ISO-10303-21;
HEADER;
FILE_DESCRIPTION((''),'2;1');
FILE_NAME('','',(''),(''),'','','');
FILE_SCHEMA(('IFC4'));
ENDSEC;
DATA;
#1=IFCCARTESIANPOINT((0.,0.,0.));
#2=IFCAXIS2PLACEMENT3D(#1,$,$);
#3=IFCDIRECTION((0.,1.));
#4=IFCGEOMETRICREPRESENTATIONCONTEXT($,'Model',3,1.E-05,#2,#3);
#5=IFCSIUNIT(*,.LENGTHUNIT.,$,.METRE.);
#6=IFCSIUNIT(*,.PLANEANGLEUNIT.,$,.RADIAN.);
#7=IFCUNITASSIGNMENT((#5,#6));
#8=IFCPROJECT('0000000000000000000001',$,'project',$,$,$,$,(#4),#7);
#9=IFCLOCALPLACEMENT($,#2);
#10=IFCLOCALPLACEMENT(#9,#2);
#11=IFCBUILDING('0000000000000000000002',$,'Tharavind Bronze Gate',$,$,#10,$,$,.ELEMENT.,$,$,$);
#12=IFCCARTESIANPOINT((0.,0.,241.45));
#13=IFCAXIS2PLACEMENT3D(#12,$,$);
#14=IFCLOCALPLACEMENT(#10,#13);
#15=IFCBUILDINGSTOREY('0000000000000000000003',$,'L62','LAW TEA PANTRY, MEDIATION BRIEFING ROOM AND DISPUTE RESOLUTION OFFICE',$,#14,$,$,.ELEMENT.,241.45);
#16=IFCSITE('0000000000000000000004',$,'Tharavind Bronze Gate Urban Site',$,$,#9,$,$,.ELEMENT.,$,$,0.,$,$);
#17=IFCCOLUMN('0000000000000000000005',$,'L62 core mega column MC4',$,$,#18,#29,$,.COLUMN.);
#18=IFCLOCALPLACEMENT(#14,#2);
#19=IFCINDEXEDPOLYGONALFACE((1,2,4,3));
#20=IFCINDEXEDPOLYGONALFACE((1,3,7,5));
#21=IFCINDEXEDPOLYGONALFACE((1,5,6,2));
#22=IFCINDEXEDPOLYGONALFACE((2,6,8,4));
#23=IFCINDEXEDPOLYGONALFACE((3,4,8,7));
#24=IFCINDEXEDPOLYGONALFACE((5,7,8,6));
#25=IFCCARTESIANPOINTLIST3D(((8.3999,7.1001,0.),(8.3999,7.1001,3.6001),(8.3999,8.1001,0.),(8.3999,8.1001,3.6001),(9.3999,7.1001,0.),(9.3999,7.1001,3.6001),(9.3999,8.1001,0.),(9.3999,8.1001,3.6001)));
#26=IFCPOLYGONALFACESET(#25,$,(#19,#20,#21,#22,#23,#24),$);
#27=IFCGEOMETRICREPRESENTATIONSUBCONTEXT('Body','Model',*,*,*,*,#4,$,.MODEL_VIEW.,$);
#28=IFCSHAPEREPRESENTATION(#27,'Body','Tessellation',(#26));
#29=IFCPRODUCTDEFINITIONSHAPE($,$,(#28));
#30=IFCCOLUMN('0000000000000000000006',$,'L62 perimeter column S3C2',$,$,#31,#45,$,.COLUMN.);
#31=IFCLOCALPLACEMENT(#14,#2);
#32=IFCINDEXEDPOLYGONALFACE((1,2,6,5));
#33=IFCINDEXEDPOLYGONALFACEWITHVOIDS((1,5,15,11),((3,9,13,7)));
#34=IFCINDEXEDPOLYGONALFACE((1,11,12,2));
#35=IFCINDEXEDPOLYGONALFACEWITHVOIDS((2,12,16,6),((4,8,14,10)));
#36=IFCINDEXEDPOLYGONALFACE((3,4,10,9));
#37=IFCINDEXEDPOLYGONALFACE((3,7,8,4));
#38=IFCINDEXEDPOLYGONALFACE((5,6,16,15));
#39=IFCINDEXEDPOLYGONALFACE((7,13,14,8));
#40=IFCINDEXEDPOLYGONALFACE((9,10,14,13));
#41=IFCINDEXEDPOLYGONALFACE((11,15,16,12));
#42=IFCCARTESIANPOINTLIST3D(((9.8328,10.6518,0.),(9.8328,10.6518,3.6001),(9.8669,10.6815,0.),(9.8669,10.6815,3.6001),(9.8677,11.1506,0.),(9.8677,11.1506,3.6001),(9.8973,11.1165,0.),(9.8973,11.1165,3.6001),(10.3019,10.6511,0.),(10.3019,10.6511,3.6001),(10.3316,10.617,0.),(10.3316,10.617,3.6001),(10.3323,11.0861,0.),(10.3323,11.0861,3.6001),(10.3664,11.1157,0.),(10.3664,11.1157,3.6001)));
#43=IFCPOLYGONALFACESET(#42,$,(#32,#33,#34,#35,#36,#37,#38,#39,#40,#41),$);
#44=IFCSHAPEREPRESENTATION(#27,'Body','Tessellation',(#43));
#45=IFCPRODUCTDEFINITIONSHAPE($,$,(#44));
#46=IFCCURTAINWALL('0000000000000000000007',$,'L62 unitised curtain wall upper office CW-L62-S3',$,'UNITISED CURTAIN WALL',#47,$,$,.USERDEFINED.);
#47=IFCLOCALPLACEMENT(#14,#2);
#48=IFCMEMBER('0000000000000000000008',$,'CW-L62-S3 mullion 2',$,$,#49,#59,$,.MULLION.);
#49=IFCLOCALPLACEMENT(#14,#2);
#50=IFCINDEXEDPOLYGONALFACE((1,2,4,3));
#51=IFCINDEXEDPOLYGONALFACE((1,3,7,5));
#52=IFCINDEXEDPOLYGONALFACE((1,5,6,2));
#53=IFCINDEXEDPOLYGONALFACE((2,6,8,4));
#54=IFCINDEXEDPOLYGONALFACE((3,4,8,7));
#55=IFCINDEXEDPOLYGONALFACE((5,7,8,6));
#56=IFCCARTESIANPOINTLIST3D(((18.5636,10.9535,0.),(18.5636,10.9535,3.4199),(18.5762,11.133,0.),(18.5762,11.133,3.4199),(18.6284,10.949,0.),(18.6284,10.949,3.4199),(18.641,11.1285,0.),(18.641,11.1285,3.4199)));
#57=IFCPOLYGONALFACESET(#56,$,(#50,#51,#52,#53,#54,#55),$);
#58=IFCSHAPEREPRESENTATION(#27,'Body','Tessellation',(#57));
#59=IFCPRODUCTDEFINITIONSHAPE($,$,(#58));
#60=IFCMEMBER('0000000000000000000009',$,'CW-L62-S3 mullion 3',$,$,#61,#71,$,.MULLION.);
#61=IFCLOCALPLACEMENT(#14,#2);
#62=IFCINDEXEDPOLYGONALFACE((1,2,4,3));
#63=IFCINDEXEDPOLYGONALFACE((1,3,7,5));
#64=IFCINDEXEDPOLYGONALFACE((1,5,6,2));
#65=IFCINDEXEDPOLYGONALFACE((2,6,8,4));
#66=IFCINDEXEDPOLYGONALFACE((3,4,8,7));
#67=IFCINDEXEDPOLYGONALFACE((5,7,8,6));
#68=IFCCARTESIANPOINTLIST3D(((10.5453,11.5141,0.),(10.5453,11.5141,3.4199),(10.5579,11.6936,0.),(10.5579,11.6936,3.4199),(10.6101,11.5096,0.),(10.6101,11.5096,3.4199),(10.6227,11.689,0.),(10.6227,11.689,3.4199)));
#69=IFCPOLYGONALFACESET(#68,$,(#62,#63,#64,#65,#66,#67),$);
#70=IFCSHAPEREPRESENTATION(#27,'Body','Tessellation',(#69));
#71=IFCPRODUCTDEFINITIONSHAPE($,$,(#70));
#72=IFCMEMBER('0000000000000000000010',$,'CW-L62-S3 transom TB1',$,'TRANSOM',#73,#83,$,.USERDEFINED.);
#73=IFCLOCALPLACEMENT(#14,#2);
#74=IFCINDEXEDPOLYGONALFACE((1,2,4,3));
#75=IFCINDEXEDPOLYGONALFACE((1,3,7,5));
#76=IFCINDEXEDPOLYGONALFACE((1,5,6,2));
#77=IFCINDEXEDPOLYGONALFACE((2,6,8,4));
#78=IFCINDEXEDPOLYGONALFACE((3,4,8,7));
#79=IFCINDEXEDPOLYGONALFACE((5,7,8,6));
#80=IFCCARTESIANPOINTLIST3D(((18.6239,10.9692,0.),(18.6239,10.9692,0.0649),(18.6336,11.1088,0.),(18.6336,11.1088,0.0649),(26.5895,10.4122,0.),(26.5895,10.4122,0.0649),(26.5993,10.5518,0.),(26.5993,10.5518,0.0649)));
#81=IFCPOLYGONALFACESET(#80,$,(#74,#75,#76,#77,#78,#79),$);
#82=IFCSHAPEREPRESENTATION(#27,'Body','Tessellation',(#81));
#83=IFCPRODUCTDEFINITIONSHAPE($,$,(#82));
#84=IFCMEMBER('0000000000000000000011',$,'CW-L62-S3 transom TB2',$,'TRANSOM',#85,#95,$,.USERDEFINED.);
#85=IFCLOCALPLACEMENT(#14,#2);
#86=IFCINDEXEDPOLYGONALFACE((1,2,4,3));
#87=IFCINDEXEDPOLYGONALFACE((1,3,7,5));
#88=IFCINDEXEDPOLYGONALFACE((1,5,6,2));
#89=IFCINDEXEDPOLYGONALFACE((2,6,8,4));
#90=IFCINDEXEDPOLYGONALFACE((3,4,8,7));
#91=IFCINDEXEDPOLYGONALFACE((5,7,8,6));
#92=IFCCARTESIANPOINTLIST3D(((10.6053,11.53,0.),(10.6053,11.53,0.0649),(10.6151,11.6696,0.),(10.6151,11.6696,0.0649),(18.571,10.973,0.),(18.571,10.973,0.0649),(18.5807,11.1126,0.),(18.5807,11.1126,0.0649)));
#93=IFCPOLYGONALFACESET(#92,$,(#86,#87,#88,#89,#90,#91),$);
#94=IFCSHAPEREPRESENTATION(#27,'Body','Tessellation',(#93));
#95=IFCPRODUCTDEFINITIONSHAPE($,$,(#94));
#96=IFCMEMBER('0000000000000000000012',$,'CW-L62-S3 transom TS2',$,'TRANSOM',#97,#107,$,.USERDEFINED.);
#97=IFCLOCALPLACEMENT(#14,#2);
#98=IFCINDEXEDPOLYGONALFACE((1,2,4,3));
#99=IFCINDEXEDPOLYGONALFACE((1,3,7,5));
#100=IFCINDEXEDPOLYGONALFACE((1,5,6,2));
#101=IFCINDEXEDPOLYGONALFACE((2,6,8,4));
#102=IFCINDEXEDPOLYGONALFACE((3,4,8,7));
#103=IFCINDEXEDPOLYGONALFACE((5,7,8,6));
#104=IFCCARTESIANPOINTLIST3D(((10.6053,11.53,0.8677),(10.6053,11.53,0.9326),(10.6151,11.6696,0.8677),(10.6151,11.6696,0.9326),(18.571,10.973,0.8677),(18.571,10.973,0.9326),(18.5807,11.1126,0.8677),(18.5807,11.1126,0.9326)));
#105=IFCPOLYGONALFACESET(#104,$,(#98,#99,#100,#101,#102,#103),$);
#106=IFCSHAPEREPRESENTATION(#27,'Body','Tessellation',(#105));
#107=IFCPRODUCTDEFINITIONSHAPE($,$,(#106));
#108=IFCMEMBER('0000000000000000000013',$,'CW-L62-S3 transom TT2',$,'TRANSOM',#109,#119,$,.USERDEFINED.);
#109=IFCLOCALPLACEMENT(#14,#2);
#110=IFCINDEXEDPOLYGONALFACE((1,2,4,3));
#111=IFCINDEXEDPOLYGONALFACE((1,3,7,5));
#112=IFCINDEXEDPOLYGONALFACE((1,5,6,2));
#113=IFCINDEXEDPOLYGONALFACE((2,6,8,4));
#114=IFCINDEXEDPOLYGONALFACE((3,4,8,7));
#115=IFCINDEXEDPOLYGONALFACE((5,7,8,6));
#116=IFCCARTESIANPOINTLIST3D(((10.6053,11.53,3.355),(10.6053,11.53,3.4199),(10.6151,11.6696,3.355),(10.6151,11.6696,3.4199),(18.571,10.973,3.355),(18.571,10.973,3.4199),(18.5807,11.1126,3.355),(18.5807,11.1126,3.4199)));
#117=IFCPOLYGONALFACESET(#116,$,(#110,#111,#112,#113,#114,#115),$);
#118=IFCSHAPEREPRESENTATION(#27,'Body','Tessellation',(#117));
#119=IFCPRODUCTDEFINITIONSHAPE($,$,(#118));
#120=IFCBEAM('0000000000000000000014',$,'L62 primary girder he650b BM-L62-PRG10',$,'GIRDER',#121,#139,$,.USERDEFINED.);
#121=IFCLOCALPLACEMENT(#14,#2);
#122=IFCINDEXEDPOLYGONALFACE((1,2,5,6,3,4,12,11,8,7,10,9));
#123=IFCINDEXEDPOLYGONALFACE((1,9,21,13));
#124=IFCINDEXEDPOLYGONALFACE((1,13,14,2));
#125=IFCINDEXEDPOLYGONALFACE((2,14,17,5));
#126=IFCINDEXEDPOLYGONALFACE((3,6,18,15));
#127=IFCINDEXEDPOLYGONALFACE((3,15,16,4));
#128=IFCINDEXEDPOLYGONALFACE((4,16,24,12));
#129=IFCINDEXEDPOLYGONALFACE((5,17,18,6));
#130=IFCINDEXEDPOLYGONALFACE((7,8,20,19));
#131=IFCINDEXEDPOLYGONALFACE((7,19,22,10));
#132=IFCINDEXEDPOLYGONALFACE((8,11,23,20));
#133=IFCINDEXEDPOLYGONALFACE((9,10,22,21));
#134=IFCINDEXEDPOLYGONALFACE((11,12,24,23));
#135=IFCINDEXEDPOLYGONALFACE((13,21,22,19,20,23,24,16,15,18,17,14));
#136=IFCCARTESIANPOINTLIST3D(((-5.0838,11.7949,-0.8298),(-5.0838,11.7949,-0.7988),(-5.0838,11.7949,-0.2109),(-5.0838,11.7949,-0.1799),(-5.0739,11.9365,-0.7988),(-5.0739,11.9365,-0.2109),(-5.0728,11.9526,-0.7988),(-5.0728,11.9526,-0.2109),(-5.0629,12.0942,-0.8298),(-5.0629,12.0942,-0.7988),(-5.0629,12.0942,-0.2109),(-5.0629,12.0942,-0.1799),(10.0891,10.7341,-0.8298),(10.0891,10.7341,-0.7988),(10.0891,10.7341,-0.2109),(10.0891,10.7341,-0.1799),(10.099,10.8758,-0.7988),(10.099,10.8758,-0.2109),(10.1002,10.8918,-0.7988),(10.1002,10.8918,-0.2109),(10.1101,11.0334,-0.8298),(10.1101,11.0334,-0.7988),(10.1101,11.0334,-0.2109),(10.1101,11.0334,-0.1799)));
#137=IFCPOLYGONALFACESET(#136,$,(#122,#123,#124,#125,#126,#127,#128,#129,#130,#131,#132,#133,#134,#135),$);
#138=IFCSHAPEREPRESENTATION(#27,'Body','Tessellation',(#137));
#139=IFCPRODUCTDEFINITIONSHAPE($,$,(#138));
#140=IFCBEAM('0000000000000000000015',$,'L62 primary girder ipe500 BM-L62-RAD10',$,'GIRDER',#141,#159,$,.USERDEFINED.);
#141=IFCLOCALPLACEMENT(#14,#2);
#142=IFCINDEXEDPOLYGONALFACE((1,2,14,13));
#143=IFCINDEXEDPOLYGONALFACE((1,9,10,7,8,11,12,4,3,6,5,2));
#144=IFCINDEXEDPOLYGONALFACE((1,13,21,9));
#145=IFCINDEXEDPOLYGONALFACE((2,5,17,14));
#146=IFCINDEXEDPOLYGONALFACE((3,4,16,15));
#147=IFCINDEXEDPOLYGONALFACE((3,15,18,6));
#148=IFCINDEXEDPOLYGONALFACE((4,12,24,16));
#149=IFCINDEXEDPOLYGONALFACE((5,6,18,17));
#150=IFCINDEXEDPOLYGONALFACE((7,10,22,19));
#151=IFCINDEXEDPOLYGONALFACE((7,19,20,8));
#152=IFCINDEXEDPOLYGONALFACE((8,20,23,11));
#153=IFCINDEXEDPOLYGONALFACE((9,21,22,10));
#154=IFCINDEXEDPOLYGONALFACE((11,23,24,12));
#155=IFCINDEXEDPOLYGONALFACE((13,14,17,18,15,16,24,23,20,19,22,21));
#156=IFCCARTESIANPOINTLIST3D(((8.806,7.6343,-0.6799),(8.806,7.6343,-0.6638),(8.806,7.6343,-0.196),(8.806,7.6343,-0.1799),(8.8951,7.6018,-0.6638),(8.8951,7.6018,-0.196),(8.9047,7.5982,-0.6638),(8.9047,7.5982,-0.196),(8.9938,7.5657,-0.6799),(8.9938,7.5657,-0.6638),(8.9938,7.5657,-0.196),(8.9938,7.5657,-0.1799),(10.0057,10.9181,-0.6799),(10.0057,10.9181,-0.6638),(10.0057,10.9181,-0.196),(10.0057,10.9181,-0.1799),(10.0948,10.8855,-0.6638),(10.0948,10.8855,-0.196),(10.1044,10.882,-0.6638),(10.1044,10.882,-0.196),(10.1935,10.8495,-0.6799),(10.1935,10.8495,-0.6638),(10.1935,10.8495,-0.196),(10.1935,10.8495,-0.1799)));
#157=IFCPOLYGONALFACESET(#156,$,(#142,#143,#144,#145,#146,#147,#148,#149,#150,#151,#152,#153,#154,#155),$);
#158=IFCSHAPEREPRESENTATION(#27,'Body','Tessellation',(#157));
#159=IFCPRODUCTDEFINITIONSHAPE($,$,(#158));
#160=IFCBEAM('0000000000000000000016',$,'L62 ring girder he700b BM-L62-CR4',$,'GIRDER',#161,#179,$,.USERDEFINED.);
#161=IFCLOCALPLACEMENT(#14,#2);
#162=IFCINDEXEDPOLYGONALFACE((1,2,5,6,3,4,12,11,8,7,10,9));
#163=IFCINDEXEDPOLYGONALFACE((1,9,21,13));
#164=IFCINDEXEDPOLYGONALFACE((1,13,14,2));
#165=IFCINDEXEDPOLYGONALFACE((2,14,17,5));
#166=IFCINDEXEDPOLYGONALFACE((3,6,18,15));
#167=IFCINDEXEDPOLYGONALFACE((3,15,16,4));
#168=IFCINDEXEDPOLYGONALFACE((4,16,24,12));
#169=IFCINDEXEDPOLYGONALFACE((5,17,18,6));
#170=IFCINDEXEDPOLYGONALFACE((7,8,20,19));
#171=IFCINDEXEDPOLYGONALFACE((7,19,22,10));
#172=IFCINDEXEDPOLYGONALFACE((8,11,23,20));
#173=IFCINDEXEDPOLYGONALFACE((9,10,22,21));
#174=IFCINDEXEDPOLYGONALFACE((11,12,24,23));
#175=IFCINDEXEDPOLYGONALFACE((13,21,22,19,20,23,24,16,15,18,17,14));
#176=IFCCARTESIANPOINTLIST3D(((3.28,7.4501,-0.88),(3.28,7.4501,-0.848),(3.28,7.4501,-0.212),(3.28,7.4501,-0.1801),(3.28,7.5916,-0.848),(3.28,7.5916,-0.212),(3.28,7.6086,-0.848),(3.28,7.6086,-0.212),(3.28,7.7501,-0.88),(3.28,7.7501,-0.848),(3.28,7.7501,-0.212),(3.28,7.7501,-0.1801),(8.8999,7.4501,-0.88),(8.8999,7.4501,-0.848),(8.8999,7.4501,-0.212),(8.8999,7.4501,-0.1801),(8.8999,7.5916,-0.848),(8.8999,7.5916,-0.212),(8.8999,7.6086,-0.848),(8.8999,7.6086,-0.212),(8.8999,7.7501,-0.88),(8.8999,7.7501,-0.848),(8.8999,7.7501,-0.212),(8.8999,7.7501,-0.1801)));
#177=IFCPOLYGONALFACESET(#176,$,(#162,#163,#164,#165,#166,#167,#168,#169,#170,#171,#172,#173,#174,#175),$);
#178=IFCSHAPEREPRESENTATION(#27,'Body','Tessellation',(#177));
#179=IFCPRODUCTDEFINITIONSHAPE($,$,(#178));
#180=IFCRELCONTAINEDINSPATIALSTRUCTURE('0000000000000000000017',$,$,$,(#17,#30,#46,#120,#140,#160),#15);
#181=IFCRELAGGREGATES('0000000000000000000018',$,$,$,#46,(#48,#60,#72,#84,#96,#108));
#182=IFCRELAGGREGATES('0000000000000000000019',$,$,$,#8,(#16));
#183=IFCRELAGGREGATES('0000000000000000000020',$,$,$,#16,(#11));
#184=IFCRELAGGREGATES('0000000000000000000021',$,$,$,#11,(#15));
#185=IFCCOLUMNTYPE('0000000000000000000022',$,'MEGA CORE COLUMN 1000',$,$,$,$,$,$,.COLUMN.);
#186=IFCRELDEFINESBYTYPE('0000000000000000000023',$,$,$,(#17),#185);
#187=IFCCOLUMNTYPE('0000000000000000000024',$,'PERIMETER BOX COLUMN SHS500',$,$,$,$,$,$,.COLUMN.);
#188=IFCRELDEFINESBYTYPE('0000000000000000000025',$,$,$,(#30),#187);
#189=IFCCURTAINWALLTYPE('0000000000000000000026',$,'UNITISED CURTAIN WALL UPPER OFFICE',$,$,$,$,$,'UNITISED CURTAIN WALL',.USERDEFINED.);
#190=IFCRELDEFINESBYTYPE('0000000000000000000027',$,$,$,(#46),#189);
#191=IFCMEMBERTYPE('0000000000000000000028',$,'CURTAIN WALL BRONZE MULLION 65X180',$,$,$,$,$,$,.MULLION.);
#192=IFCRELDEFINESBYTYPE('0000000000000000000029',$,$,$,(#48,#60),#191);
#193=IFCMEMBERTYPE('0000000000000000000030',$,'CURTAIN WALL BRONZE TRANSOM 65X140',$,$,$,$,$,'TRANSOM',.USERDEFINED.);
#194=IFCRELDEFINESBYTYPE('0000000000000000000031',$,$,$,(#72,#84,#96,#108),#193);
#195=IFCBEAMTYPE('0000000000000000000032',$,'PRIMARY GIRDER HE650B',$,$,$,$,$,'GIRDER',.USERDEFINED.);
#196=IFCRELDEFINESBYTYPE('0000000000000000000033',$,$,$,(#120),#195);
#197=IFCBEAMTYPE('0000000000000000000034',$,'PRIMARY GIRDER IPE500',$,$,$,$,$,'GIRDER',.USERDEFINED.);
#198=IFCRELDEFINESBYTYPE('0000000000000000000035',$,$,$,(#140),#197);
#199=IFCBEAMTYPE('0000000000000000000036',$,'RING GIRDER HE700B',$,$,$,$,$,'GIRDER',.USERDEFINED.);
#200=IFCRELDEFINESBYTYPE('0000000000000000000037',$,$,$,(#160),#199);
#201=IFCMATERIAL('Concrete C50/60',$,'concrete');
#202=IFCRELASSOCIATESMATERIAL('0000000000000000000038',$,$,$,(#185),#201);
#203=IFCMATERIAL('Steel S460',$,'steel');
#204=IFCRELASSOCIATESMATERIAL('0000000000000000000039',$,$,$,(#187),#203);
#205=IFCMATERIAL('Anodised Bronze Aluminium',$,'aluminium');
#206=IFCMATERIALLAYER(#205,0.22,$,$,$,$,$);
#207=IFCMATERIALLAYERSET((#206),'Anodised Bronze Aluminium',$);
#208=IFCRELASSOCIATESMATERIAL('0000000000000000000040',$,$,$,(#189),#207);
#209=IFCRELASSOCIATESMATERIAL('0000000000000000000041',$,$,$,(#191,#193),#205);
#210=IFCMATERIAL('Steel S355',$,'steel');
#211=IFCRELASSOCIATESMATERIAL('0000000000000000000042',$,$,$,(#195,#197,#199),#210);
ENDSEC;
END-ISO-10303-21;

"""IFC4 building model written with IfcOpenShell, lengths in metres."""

from ifc_helpers import new_model, si_unit, direction, frame, origin, origin_2d, place, context, subcontext, project, spatial, rectangle, hollow_rectangle, i_section, extrude, material, layer, layer_set, material_profile, profile_set, type_object, element, aggregate, save


model = new_model("IFC4")

# Units and contexts
model_context = context("Model", 3, precision=1e-05, world=origin(), true_north=direction((0.0, 1.0)))
body_context = subcontext(model_context, "Body", "Model", "MODEL_VIEW")
ifc_project = project(units=[si_unit("LENGTHUNIT", "METRE"), si_unit("PLANEANGLEUNIT", "RADIAN")], contexts=[model_context])

# Site, building, storey
site_placement = place(None, origin())
site = spatial("IfcSite", under=ifc_project, at=site_placement, Name="Tharavind Bronze Gate Urban Site", CompositionType="ELEMENT", RefElevation=0.0)
building_placement = place(site_placement, origin())
building = spatial("IfcBuilding", under=site, at=building_placement, Name="Tharavind Bronze Gate", CompositionType="ELEMENT")
storey_placement = place(building_placement, frame((0.0, 0.0, 241.45)))
storey = spatial("IfcBuildingStorey", under=building, at=storey_placement, Name="L62", Description="LAW TEA PANTRY, MEDIATION BRIEFING ROOM AND DISPUTE RESOLUTION OFFICE", CompositionType="ELEMENT", Elevation=241.45)

# Columns
ifc_material_1 = material(Name="Concrete C50/60", Category="concrete")
ifc_material_profile_1 = material_profile(ifc_material_1, rectangle(XDim=1.0, YDim=1.0, at=origin_2d()), Name="RCCOL1000")
ifc_profile_set_1 = profile_set([ifc_material_profile_1], Name="Concrete C50/60")
column_type_1 = type_object("IfcColumnType", Name="MEGA CORE COLUMN 1000", PredefinedType="COLUMN", material=ifc_profile_set_1)
column_1_placement = place(storey_placement, frame((8.8999, 7.6001, 0.0), z_axis=(0.0, 0.0, 1.0), x_axis=(1.0, 0.0, 0.0)))
element("IfcColumn", 1, at=column_1_placement, inside=storey, type_object=column_type_1, Name="L62 core mega column MC4", PredefinedType="COLUMN", context=body_context, shape_type="SweptSolid", body=[
    extrude(rectangle(XDim=1.0, YDim=1.0, at=origin_2d()), origin(), (0.0, 0.0, 1.0), 3.6001),
])
ifc_material_2 = material(Name="Steel S460", Category="steel")
ifc_material_profile_2 = material_profile(ifc_material_2, hollow_rectangle(XDim=0.5, YDim=0.5, WallThickness=0.032, at=origin_2d()), Name="SHS500X32")
ifc_profile_set_2 = profile_set([ifc_material_profile_2], Name="Steel S460")
column_type_2 = type_object("IfcColumnType", Name="PERIMETER BOX COLUMN SHS500", PredefinedType="COLUMN", material=ifc_profile_set_2)
column_2_placement = place(storey_placement, frame((10.0996, 10.8838, 0.0), z_axis=(0.0, 0.0, 1.0), x_axis=(-0.997564, 0.069756, 0.0)))
element("IfcColumn", 2, at=column_2_placement, inside=storey, type_object=column_type_2, Name="L62 perimeter column S3C2", PredefinedType="COLUMN", context=body_context, shape_type="SweptSolid", body=[
    extrude(hollow_rectangle(XDim=0.5, YDim=0.5, WallThickness=0.032, at=origin_2d()), origin(), (0.0, 0.0, 1.0), 3.6001),
])

# Curtain wall, members
ifc_material_3 = material(Name="Anodised Bronze Aluminium", Category="aluminium")
ifc_layer_1 = layer(ifc_material_3, 0.22)
ifc_layer_set_1 = layer_set([ifc_layer_1], Name="Anodised Bronze Aluminium")
curtain_wall_type = type_object("IfcCurtainWallType", Name="UNITISED CURTAIN WALL UPPER OFFICE", ElementType="UNITISED CURTAIN WALL", PredefinedType="USERDEFINED", material=ifc_layer_set_1)
curtain_wall_placement = place(storey_placement, origin())
curtain_wall = element("IfcCurtainWall", 3, at=curtain_wall_placement, inside=storey, type_object=curtain_wall_type, Name="L62 unitised curtain wall upper office CW-L62-S3", ObjectType="UNITISED CURTAIN WALL", PredefinedType="USERDEFINED")
member_type_1 = type_object("IfcMemberType", Name="CURTAIN WALL BRONZE MULLION 65X180", PredefinedType="MULLION", material=ifc_material_3)
member_1_placement = place(storey_placement, frame((18.6023, 11.041, 0.0), z_axis=(0.0, 0.0, 1.0), x_axis=(-0.997564, 0.069758, 0.0)))
member_1 = element("IfcMember", 4, at=member_1_placement, type_object=member_type_1, Name="CW-L62-S3 mullion 2", PredefinedType="MULLION", context=body_context, shape_type="SweptSolid", body=[
    extrude(rectangle(XDim=0.0649, YDim=0.1799, at=origin_2d()), origin(), (0.0, 0.0, 1.0), 3.4199),
])
member_2_placement = place(storey_placement, frame((10.584, 11.6016, 0.0), z_axis=(0.0, 0.0, 1.0), x_axis=(-0.997564, 0.069758, 0.0)))
member_2 = element("IfcMember", 5, at=member_2_placement, type_object=member_type_1, Name="CW-L62-S3 mullion 3", PredefinedType="MULLION", context=body_context, shape_type="SweptSolid", body=[
    extrude(rectangle(XDim=0.0649, YDim=0.1799, at=origin_2d()), origin(), (0.0, 0.0, 1.0), 3.4199),
])
member_type_2 = type_object("IfcMemberType", Name="CURTAIN WALL BRONZE TRANSOM 65X140", ElementType="TRANSOM", PredefinedType="USERDEFINED", material=ifc_material_3)
member_3_placement = place(storey_placement, frame((22.6116, 10.7605, 0.0), z_axis=(0.0, 0.0, 1.0), x_axis=(-0.997564, 0.069758, 0.0)))
member_3 = element("IfcMember", 6, at=member_3_placement, type_object=member_type_2, Name="CW-L62-S3 transom TB1", ObjectType="TRANSOM", PredefinedType="USERDEFINED", context=body_context, shape_type="SweptSolid", body=[
    extrude(rectangle(XDim=7.9851, YDim=0.1399, at=origin_2d()), origin(), (0.0, 0.0, 1.0), 0.0649),
])
member_4_placement = place(storey_placement, frame((14.593, 11.3213, 0.0), z_axis=(0.0, 0.0, 1.0), x_axis=(-0.997564, 0.069758, 0.0)))
member_4 = element("IfcMember", 7, at=member_4_placement, type_object=member_type_2, Name="CW-L62-S3 transom TB2", ObjectType="TRANSOM", PredefinedType="USERDEFINED", context=body_context, shape_type="SweptSolid", body=[
    extrude(rectangle(XDim=7.9851, YDim=0.1399, at=origin_2d()), origin(), (0.0, 0.0, 1.0), 0.0649),
])
member_5_placement = place(storey_placement, frame((14.593, 11.3213, 0.8677), z_axis=(0.0, 0.0, 1.0), x_axis=(-0.997564, 0.069758, 0.0)))
member_5 = element("IfcMember", 8, at=member_5_placement, type_object=member_type_2, Name="CW-L62-S3 transom TS2", ObjectType="TRANSOM", PredefinedType="USERDEFINED", context=body_context, shape_type="SweptSolid", body=[
    extrude(rectangle(XDim=7.9851, YDim=0.1399, at=origin_2d()), origin(), (0.0, 0.0, 1.0), 0.0649),
])
member_6_placement = place(storey_placement, frame((14.593, 11.3213, 3.355), z_axis=(0.0, 0.0, 1.0), x_axis=(-0.997564, 0.069758, 0.0)))
member_6 = element("IfcMember", 9, at=member_6_placement, type_object=member_type_2, Name="CW-L62-S3 transom TT2", ObjectType="TRANSOM", PredefinedType="USERDEFINED", context=body_context, shape_type="SweptSolid", body=[
    extrude(rectangle(XDim=7.9851, YDim=0.1399, at=origin_2d()), origin(), (0.0, 0.0, 1.0), 0.0649),
])

# Beams
ifc_material_4 = material(Name="Steel S355", Category="steel")
ifc_material_profile_3 = material_profile(ifc_material_4, i_section(OverallWidth=0.3, OverallDepth=0.6499, WebThickness=0.0161, FlangeThickness=0.031, at=origin_2d()), Name="HE650B")
ifc_profile_set_3 = profile_set([ifc_material_profile_3], Name="Steel S355")
beam_type_1 = type_object("IfcBeamType", Name="PRIMARY GIRDER HE650B", ElementType="GIRDER", PredefinedType="USERDEFINED", material=ifc_profile_set_3)
beam_1_placement = place(storey_placement, frame((10.0996, 10.8838, -0.5049), z_axis=(-0.997565, 0.069744, 0.0), x_axis=(-0.069744, -0.997565, 0.0)))
element("IfcBeam", 10, at=beam_1_placement, inside=storey, type_object=beam_type_1, Name="L62 primary girder he650b BM-L62-PRG10", ObjectType="GIRDER", PredefinedType="USERDEFINED", context=body_context, shape_type="SweptSolid", body=[
    extrude(i_section(OverallWidth=0.3, OverallDepth=0.6499, WebThickness=0.0161, FlangeThickness=0.031, at=origin_2d()), origin(), (0.0, 0.0, 1.0), 15.21),
])
ifc_material_profile_4 = material_profile(ifc_material_4, i_section(OverallWidth=0.2, OverallDepth=0.5, WebThickness=0.0103, FlangeThickness=0.0161, at=origin_2d()), Name="IPE500")
ifc_profile_set_4 = profile_set([ifc_material_profile_4], Name="Steel S355")
beam_type_2 = type_object("IfcBeamType", Name="PRIMARY GIRDER IPE500", ElementType="GIRDER", PredefinedType="USERDEFINED", material=ifc_profile_set_4)
beam_2_placement = place(storey_placement, frame((10.0996, 10.8838, -0.4299), z_axis=(-0.343167, -0.939274, 0.0), x_axis=(0.939274, -0.343167, 0.0)))
element("IfcBeam", 11, at=beam_2_placement, inside=storey, type_object=beam_type_2, Name="L62 primary girder ipe500 BM-L62-RAD10", ObjectType="GIRDER", PredefinedType="USERDEFINED", context=body_context, shape_type="SweptSolid", body=[
    extrude(i_section(OverallWidth=0.2, OverallDepth=0.5, WebThickness=0.0103, FlangeThickness=0.0161, at=origin_2d()), origin(), (0.0, 0.0, 1.0), 3.4961),
])
ifc_material_profile_5 = material_profile(ifc_material_4, i_section(OverallWidth=0.3, OverallDepth=0.7, WebThickness=0.0171, FlangeThickness=0.032, at=origin_2d()), Name="HE700B")
ifc_profile_set_5 = profile_set([ifc_material_profile_5], Name="Steel S355")
beam_type_3 = type_object("IfcBeamType", Name="RING GIRDER HE700B", ElementType="GIRDER", PredefinedType="USERDEFINED", material=ifc_profile_set_5)
beam_3_placement = place(storey_placement, frame((8.8999, 7.6001, -0.53), z_axis=(-1.0, 0.0, 0.0), x_axis=(0.0, -1.0, 0.0)))
element("IfcBeam", 12, at=beam_3_placement, inside=storey, type_object=beam_type_3, Name="L62 ring girder he700b BM-L62-CR4", ObjectType="GIRDER", PredefinedType="USERDEFINED", context=body_context, shape_type="SweptSolid", body=[
    extrude(i_section(OverallWidth=0.3, OverallDepth=0.7, WebThickness=0.0171, FlangeThickness=0.032, at=origin_2d()), origin(), (0.0, 0.0, 1.0), 5.6199),
])

aggregate(curtain_wall, [member_1, member_2, member_3, member_4, member_5, member_6])

save(model, "model.ifc")
